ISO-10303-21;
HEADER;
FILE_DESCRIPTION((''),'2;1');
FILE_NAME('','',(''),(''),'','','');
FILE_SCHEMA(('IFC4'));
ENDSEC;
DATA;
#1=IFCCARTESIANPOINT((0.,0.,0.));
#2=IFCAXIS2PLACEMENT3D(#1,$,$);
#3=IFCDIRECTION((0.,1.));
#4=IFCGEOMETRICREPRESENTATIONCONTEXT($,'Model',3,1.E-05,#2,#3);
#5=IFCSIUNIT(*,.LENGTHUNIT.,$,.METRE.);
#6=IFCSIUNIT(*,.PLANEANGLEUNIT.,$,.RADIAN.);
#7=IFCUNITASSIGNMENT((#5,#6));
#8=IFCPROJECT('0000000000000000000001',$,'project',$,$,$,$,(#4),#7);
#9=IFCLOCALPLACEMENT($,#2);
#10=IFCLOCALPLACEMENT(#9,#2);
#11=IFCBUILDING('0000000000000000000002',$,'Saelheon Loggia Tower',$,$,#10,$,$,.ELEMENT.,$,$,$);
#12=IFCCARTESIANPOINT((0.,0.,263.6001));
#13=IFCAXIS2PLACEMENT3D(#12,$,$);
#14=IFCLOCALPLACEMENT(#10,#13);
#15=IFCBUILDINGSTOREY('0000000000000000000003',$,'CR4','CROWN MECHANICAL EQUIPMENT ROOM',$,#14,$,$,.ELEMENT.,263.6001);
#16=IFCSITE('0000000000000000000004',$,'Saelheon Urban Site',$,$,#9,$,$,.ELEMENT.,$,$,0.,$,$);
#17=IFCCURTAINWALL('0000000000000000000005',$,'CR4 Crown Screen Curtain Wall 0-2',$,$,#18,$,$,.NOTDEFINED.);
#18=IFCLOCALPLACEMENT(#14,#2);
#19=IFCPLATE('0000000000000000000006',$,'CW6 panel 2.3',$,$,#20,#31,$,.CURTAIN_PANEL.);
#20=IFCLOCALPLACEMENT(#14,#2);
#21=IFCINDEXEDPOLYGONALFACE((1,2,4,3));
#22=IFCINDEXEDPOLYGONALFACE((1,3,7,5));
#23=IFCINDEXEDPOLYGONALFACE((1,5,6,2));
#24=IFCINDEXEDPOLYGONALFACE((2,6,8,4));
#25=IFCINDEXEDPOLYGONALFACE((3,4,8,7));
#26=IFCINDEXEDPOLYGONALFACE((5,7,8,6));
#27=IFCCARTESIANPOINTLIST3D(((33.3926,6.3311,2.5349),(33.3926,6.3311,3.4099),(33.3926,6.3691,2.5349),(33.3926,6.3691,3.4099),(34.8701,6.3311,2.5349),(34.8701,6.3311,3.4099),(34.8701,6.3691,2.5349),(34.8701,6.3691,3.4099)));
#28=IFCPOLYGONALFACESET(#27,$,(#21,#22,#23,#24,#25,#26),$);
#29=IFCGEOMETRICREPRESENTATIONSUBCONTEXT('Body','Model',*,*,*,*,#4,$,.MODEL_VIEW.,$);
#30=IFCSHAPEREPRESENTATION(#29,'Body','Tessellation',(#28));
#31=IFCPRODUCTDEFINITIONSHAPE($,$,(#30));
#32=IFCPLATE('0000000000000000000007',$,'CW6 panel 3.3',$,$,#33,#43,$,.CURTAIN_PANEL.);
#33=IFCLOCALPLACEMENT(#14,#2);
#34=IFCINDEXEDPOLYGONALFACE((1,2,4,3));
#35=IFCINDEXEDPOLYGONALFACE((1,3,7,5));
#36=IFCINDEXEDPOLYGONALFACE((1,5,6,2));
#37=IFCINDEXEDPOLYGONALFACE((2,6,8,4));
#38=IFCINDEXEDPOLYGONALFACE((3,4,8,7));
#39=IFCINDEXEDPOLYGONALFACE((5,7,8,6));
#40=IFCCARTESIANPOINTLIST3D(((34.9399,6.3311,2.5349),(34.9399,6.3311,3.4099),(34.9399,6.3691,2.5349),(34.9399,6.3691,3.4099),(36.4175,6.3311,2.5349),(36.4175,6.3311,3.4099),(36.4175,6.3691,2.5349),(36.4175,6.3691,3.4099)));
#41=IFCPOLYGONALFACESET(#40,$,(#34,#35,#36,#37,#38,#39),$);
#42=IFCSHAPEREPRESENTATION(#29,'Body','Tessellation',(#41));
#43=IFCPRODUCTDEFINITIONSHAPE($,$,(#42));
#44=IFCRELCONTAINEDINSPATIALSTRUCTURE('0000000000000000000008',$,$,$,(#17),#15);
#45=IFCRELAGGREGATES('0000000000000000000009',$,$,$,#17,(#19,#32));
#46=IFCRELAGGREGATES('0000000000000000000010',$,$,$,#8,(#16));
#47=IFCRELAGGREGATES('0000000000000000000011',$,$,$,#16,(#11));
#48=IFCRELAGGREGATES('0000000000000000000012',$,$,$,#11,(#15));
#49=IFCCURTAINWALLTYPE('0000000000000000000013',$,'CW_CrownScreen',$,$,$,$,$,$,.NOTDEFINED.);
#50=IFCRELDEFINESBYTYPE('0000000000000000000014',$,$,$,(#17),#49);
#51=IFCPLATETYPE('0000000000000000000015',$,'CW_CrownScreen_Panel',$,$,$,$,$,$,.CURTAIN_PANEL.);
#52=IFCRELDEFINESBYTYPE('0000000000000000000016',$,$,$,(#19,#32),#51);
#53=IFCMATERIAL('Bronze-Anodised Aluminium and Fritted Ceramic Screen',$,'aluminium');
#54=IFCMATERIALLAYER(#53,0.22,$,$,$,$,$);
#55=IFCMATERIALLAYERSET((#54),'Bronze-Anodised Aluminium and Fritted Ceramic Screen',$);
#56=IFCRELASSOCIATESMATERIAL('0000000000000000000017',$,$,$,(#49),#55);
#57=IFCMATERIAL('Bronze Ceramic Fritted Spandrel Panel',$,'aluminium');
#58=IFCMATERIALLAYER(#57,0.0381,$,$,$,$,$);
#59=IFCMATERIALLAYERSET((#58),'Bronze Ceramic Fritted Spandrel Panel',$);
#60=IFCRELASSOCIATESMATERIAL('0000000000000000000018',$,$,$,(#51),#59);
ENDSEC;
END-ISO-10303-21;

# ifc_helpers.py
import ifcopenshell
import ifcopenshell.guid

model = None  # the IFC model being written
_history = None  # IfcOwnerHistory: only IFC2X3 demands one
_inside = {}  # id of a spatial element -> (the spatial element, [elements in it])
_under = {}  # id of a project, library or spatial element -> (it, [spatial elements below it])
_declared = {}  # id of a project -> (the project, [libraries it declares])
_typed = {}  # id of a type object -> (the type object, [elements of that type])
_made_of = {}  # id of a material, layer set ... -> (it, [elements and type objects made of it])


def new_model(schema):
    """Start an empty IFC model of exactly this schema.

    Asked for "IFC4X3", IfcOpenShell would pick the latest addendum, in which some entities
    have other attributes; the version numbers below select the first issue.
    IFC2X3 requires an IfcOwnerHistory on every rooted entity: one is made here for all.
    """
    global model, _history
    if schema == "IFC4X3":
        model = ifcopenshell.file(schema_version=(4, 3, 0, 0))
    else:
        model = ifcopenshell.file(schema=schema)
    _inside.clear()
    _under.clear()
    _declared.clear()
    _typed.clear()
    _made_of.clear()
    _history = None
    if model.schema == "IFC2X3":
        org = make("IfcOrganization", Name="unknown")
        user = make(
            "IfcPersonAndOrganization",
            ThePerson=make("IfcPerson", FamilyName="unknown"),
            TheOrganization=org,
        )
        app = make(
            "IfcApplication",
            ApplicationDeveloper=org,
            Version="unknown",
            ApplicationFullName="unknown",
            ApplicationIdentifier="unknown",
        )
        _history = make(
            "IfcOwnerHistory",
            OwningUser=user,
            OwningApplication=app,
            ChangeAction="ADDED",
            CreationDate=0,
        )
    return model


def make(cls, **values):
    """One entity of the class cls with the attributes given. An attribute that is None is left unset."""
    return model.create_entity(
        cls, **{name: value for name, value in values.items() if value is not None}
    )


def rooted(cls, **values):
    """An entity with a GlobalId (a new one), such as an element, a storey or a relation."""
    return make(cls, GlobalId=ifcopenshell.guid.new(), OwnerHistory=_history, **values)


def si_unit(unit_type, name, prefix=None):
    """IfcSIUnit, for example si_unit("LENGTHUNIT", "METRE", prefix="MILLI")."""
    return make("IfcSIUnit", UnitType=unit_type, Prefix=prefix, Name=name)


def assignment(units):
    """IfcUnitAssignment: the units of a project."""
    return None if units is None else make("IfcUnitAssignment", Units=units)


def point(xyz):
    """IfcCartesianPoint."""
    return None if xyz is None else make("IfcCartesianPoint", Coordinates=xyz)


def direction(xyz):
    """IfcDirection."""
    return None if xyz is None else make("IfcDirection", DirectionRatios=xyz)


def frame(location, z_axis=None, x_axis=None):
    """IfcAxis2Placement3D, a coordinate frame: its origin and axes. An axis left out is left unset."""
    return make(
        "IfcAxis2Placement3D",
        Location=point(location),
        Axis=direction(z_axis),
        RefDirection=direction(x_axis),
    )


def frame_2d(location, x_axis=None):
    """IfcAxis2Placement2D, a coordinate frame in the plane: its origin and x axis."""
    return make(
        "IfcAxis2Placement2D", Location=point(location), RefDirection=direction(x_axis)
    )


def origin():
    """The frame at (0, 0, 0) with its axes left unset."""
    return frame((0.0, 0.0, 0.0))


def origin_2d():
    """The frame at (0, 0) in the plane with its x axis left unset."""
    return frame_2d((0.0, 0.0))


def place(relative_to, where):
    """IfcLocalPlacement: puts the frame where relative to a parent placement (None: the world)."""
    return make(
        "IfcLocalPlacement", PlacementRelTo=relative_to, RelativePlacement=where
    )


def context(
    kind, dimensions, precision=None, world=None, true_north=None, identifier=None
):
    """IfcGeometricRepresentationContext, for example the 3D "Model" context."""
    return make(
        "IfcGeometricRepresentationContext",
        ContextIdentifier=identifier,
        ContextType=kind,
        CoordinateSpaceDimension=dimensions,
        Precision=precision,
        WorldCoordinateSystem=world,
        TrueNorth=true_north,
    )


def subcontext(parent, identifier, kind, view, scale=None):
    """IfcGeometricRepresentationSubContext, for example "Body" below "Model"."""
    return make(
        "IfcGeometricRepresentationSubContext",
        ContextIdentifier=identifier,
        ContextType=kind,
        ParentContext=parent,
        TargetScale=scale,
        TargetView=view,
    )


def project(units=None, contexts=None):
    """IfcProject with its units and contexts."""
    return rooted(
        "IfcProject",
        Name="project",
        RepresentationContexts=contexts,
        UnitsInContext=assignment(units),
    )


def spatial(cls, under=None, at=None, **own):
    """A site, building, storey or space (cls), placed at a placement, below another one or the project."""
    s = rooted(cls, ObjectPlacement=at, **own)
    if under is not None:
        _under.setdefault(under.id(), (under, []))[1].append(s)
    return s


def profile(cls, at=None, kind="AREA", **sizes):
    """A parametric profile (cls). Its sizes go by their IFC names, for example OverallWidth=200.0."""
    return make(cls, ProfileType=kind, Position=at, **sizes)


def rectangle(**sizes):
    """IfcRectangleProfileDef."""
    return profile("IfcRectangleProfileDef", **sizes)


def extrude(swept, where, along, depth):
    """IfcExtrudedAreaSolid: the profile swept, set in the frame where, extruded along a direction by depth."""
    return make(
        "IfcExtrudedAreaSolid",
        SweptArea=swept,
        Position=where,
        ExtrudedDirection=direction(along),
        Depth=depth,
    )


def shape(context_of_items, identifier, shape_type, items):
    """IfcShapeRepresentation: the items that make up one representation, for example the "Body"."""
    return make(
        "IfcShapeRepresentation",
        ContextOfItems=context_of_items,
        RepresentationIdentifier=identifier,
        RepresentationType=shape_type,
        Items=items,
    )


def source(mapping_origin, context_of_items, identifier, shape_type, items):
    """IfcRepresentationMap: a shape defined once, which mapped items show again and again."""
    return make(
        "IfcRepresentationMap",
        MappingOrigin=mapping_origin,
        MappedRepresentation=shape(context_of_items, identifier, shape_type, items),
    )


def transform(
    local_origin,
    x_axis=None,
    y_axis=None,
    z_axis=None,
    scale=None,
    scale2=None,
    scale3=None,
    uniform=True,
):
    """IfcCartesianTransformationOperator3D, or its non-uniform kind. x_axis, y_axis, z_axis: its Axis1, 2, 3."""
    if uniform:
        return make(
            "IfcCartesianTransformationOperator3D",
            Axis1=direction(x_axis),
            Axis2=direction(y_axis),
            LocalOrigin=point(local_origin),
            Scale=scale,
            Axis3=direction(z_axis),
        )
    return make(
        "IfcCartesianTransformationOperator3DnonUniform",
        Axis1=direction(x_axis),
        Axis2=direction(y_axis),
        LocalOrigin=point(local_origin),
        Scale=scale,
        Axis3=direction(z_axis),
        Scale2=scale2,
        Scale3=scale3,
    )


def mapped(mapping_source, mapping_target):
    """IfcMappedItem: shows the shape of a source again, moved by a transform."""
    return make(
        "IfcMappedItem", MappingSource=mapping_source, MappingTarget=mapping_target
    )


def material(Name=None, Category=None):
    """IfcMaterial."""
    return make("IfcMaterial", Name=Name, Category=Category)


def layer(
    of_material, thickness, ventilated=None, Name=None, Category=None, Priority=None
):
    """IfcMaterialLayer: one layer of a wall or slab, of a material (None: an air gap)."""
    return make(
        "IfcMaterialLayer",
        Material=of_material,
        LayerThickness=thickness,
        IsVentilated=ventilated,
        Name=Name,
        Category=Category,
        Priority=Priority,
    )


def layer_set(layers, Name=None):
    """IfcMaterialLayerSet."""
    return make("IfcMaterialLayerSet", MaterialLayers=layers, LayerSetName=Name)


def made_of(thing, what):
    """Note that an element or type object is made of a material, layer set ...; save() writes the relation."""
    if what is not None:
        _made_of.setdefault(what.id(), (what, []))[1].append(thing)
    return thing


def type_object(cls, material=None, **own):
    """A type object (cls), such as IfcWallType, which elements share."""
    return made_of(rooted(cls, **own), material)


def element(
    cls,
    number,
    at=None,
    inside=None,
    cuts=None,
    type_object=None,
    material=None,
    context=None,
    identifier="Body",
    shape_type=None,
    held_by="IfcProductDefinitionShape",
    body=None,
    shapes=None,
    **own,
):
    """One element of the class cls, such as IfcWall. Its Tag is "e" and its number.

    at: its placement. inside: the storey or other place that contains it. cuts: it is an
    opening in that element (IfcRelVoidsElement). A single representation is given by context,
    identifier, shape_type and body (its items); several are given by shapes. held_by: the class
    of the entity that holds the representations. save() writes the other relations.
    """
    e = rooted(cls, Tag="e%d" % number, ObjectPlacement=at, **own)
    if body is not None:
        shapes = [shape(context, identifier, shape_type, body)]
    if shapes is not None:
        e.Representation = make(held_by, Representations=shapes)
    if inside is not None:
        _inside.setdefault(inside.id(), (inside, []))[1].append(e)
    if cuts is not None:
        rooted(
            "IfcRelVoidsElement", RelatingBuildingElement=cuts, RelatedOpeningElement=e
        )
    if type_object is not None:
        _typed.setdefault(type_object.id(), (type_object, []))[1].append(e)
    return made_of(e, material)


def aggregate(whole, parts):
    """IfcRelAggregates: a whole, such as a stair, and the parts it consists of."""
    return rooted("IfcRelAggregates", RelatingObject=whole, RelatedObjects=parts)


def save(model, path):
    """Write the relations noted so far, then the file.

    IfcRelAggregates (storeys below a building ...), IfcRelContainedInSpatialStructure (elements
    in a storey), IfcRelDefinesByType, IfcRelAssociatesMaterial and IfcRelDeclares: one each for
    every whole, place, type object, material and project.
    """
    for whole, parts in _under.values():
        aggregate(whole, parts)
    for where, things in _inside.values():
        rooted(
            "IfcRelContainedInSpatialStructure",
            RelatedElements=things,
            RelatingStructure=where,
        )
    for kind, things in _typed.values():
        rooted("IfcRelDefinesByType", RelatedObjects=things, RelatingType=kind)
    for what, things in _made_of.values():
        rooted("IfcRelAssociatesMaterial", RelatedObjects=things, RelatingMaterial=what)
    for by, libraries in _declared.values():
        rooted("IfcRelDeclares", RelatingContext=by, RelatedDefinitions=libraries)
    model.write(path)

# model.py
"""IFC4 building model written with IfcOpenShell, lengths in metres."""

from ifc_helpers import new_model, si_unit, direction, frame, origin, origin_2d, place, context, subcontext, project, spatial, rectangle, extrude, source, transform, mapped, material, layer, layer_set, type_object, element, aggregate, save


model = new_model("IFC4")

# Units and contexts
model_context = context("Model", 3, precision=1e-05, world=origin(), true_north=direction((0.0, 1.0)))
body_context = subcontext(model_context, "Body", "Model", "MODEL_VIEW")
ifc_project = project(units=[si_unit("LENGTHUNIT", "METRE"), si_unit("PLANEANGLEUNIT", "RADIAN")], contexts=[model_context])

# Site, building, storey
site_placement = place(None, origin())
site = spatial("IfcSite", under=ifc_project, at=site_placement, Name="Saelheon Urban Site", CompositionType="ELEMENT", RefElevation=0.0)
building_placement = place(site_placement, origin())
building = spatial("IfcBuilding", under=site, at=building_placement, Name="Saelheon Loggia Tower", CompositionType="ELEMENT")
storey_placement = place(building_placement, frame((0.0, 0.0, 263.6001)))
storey = spatial("IfcBuildingStorey", under=building, at=storey_placement, Name="CR4", Description="CROWN MECHANICAL EQUIPMENT ROOM", CompositionType="ELEMENT", Elevation=263.6001)

# Curtain wall, plates
ifc_material_1 = material(Name="Bronze-Anodised Aluminium and Fritted Ceramic Screen", Category="aluminium")
ifc_layer_1 = layer(ifc_material_1, 0.22)
ifc_layer_set_1 = layer_set([ifc_layer_1], Name="Bronze-Anodised Aluminium and Fritted Ceramic Screen")
curtain_wall_type = type_object("IfcCurtainWallType", Name="CW_CrownScreen", PredefinedType="NOTDEFINED", material=ifc_layer_set_1)
curtain_wall_placement = place(storey_placement, origin())
curtain_wall = element("IfcCurtainWall", 1, at=curtain_wall_placement, inside=storey, type_object=curtain_wall_type, Name="CR4 Crown Screen Curtain Wall 0-2", PredefinedType="NOTDEFINED")
ifc_material_2 = material(Name="Bronze Ceramic Fritted Spandrel Panel", Category="aluminium")
ifc_layer_2 = layer(ifc_material_2, 0.0381)
ifc_layer_set_2 = layer_set([ifc_layer_2], Name="Bronze Ceramic Fritted Spandrel Panel")
plate_type = type_object("IfcPlateType", Name="CW_CrownScreen_Panel", PredefinedType="CURTAIN_PANEL", material=ifc_layer_set_2)
shared_shape_1 = source(origin(), body_context, "Body", "SweptSolid", [
    extrude(rectangle(XDim=1.4775, YDim=0.0381, at=origin_2d()), origin(), (0.0, 0.0, 1.0), 0.875),
])
plate_1_placement = place(storey_placement, frame((34.1313, 6.3501, 2.5349), z_axis=(0.0, 0.0, 1.0), x_axis=(1.0, 0.0, 0.0)))
plate_1 = element("IfcPlate", 2, at=plate_1_placement, type_object=plate_type, Name="CW6 panel 2.3", PredefinedType="CURTAIN_PANEL", context=body_context, shape_type="MappedRepresentation", body=[
    mapped(shared_shape_1, transform((0.0, 0.0, 0.0), scale=1.0)),
])
plate_2_placement = place(storey_placement, frame((35.6787, 6.3501, 2.5349), z_axis=(0.0, 0.0, 1.0), x_axis=(1.0, 0.0, 0.0)))
plate_2 = element("IfcPlate", 3, at=plate_2_placement, type_object=plate_type, Name="CW6 panel 3.3", PredefinedType="CURTAIN_PANEL", context=body_context, shape_type="MappedRepresentation", body=[
    mapped(shared_shape_1, transform((0.0, 0.0, 0.0), scale=1.0)),
])
aggregate(curtain_wall, [plate_1, plate_2])

save(model, "model.ifc")
